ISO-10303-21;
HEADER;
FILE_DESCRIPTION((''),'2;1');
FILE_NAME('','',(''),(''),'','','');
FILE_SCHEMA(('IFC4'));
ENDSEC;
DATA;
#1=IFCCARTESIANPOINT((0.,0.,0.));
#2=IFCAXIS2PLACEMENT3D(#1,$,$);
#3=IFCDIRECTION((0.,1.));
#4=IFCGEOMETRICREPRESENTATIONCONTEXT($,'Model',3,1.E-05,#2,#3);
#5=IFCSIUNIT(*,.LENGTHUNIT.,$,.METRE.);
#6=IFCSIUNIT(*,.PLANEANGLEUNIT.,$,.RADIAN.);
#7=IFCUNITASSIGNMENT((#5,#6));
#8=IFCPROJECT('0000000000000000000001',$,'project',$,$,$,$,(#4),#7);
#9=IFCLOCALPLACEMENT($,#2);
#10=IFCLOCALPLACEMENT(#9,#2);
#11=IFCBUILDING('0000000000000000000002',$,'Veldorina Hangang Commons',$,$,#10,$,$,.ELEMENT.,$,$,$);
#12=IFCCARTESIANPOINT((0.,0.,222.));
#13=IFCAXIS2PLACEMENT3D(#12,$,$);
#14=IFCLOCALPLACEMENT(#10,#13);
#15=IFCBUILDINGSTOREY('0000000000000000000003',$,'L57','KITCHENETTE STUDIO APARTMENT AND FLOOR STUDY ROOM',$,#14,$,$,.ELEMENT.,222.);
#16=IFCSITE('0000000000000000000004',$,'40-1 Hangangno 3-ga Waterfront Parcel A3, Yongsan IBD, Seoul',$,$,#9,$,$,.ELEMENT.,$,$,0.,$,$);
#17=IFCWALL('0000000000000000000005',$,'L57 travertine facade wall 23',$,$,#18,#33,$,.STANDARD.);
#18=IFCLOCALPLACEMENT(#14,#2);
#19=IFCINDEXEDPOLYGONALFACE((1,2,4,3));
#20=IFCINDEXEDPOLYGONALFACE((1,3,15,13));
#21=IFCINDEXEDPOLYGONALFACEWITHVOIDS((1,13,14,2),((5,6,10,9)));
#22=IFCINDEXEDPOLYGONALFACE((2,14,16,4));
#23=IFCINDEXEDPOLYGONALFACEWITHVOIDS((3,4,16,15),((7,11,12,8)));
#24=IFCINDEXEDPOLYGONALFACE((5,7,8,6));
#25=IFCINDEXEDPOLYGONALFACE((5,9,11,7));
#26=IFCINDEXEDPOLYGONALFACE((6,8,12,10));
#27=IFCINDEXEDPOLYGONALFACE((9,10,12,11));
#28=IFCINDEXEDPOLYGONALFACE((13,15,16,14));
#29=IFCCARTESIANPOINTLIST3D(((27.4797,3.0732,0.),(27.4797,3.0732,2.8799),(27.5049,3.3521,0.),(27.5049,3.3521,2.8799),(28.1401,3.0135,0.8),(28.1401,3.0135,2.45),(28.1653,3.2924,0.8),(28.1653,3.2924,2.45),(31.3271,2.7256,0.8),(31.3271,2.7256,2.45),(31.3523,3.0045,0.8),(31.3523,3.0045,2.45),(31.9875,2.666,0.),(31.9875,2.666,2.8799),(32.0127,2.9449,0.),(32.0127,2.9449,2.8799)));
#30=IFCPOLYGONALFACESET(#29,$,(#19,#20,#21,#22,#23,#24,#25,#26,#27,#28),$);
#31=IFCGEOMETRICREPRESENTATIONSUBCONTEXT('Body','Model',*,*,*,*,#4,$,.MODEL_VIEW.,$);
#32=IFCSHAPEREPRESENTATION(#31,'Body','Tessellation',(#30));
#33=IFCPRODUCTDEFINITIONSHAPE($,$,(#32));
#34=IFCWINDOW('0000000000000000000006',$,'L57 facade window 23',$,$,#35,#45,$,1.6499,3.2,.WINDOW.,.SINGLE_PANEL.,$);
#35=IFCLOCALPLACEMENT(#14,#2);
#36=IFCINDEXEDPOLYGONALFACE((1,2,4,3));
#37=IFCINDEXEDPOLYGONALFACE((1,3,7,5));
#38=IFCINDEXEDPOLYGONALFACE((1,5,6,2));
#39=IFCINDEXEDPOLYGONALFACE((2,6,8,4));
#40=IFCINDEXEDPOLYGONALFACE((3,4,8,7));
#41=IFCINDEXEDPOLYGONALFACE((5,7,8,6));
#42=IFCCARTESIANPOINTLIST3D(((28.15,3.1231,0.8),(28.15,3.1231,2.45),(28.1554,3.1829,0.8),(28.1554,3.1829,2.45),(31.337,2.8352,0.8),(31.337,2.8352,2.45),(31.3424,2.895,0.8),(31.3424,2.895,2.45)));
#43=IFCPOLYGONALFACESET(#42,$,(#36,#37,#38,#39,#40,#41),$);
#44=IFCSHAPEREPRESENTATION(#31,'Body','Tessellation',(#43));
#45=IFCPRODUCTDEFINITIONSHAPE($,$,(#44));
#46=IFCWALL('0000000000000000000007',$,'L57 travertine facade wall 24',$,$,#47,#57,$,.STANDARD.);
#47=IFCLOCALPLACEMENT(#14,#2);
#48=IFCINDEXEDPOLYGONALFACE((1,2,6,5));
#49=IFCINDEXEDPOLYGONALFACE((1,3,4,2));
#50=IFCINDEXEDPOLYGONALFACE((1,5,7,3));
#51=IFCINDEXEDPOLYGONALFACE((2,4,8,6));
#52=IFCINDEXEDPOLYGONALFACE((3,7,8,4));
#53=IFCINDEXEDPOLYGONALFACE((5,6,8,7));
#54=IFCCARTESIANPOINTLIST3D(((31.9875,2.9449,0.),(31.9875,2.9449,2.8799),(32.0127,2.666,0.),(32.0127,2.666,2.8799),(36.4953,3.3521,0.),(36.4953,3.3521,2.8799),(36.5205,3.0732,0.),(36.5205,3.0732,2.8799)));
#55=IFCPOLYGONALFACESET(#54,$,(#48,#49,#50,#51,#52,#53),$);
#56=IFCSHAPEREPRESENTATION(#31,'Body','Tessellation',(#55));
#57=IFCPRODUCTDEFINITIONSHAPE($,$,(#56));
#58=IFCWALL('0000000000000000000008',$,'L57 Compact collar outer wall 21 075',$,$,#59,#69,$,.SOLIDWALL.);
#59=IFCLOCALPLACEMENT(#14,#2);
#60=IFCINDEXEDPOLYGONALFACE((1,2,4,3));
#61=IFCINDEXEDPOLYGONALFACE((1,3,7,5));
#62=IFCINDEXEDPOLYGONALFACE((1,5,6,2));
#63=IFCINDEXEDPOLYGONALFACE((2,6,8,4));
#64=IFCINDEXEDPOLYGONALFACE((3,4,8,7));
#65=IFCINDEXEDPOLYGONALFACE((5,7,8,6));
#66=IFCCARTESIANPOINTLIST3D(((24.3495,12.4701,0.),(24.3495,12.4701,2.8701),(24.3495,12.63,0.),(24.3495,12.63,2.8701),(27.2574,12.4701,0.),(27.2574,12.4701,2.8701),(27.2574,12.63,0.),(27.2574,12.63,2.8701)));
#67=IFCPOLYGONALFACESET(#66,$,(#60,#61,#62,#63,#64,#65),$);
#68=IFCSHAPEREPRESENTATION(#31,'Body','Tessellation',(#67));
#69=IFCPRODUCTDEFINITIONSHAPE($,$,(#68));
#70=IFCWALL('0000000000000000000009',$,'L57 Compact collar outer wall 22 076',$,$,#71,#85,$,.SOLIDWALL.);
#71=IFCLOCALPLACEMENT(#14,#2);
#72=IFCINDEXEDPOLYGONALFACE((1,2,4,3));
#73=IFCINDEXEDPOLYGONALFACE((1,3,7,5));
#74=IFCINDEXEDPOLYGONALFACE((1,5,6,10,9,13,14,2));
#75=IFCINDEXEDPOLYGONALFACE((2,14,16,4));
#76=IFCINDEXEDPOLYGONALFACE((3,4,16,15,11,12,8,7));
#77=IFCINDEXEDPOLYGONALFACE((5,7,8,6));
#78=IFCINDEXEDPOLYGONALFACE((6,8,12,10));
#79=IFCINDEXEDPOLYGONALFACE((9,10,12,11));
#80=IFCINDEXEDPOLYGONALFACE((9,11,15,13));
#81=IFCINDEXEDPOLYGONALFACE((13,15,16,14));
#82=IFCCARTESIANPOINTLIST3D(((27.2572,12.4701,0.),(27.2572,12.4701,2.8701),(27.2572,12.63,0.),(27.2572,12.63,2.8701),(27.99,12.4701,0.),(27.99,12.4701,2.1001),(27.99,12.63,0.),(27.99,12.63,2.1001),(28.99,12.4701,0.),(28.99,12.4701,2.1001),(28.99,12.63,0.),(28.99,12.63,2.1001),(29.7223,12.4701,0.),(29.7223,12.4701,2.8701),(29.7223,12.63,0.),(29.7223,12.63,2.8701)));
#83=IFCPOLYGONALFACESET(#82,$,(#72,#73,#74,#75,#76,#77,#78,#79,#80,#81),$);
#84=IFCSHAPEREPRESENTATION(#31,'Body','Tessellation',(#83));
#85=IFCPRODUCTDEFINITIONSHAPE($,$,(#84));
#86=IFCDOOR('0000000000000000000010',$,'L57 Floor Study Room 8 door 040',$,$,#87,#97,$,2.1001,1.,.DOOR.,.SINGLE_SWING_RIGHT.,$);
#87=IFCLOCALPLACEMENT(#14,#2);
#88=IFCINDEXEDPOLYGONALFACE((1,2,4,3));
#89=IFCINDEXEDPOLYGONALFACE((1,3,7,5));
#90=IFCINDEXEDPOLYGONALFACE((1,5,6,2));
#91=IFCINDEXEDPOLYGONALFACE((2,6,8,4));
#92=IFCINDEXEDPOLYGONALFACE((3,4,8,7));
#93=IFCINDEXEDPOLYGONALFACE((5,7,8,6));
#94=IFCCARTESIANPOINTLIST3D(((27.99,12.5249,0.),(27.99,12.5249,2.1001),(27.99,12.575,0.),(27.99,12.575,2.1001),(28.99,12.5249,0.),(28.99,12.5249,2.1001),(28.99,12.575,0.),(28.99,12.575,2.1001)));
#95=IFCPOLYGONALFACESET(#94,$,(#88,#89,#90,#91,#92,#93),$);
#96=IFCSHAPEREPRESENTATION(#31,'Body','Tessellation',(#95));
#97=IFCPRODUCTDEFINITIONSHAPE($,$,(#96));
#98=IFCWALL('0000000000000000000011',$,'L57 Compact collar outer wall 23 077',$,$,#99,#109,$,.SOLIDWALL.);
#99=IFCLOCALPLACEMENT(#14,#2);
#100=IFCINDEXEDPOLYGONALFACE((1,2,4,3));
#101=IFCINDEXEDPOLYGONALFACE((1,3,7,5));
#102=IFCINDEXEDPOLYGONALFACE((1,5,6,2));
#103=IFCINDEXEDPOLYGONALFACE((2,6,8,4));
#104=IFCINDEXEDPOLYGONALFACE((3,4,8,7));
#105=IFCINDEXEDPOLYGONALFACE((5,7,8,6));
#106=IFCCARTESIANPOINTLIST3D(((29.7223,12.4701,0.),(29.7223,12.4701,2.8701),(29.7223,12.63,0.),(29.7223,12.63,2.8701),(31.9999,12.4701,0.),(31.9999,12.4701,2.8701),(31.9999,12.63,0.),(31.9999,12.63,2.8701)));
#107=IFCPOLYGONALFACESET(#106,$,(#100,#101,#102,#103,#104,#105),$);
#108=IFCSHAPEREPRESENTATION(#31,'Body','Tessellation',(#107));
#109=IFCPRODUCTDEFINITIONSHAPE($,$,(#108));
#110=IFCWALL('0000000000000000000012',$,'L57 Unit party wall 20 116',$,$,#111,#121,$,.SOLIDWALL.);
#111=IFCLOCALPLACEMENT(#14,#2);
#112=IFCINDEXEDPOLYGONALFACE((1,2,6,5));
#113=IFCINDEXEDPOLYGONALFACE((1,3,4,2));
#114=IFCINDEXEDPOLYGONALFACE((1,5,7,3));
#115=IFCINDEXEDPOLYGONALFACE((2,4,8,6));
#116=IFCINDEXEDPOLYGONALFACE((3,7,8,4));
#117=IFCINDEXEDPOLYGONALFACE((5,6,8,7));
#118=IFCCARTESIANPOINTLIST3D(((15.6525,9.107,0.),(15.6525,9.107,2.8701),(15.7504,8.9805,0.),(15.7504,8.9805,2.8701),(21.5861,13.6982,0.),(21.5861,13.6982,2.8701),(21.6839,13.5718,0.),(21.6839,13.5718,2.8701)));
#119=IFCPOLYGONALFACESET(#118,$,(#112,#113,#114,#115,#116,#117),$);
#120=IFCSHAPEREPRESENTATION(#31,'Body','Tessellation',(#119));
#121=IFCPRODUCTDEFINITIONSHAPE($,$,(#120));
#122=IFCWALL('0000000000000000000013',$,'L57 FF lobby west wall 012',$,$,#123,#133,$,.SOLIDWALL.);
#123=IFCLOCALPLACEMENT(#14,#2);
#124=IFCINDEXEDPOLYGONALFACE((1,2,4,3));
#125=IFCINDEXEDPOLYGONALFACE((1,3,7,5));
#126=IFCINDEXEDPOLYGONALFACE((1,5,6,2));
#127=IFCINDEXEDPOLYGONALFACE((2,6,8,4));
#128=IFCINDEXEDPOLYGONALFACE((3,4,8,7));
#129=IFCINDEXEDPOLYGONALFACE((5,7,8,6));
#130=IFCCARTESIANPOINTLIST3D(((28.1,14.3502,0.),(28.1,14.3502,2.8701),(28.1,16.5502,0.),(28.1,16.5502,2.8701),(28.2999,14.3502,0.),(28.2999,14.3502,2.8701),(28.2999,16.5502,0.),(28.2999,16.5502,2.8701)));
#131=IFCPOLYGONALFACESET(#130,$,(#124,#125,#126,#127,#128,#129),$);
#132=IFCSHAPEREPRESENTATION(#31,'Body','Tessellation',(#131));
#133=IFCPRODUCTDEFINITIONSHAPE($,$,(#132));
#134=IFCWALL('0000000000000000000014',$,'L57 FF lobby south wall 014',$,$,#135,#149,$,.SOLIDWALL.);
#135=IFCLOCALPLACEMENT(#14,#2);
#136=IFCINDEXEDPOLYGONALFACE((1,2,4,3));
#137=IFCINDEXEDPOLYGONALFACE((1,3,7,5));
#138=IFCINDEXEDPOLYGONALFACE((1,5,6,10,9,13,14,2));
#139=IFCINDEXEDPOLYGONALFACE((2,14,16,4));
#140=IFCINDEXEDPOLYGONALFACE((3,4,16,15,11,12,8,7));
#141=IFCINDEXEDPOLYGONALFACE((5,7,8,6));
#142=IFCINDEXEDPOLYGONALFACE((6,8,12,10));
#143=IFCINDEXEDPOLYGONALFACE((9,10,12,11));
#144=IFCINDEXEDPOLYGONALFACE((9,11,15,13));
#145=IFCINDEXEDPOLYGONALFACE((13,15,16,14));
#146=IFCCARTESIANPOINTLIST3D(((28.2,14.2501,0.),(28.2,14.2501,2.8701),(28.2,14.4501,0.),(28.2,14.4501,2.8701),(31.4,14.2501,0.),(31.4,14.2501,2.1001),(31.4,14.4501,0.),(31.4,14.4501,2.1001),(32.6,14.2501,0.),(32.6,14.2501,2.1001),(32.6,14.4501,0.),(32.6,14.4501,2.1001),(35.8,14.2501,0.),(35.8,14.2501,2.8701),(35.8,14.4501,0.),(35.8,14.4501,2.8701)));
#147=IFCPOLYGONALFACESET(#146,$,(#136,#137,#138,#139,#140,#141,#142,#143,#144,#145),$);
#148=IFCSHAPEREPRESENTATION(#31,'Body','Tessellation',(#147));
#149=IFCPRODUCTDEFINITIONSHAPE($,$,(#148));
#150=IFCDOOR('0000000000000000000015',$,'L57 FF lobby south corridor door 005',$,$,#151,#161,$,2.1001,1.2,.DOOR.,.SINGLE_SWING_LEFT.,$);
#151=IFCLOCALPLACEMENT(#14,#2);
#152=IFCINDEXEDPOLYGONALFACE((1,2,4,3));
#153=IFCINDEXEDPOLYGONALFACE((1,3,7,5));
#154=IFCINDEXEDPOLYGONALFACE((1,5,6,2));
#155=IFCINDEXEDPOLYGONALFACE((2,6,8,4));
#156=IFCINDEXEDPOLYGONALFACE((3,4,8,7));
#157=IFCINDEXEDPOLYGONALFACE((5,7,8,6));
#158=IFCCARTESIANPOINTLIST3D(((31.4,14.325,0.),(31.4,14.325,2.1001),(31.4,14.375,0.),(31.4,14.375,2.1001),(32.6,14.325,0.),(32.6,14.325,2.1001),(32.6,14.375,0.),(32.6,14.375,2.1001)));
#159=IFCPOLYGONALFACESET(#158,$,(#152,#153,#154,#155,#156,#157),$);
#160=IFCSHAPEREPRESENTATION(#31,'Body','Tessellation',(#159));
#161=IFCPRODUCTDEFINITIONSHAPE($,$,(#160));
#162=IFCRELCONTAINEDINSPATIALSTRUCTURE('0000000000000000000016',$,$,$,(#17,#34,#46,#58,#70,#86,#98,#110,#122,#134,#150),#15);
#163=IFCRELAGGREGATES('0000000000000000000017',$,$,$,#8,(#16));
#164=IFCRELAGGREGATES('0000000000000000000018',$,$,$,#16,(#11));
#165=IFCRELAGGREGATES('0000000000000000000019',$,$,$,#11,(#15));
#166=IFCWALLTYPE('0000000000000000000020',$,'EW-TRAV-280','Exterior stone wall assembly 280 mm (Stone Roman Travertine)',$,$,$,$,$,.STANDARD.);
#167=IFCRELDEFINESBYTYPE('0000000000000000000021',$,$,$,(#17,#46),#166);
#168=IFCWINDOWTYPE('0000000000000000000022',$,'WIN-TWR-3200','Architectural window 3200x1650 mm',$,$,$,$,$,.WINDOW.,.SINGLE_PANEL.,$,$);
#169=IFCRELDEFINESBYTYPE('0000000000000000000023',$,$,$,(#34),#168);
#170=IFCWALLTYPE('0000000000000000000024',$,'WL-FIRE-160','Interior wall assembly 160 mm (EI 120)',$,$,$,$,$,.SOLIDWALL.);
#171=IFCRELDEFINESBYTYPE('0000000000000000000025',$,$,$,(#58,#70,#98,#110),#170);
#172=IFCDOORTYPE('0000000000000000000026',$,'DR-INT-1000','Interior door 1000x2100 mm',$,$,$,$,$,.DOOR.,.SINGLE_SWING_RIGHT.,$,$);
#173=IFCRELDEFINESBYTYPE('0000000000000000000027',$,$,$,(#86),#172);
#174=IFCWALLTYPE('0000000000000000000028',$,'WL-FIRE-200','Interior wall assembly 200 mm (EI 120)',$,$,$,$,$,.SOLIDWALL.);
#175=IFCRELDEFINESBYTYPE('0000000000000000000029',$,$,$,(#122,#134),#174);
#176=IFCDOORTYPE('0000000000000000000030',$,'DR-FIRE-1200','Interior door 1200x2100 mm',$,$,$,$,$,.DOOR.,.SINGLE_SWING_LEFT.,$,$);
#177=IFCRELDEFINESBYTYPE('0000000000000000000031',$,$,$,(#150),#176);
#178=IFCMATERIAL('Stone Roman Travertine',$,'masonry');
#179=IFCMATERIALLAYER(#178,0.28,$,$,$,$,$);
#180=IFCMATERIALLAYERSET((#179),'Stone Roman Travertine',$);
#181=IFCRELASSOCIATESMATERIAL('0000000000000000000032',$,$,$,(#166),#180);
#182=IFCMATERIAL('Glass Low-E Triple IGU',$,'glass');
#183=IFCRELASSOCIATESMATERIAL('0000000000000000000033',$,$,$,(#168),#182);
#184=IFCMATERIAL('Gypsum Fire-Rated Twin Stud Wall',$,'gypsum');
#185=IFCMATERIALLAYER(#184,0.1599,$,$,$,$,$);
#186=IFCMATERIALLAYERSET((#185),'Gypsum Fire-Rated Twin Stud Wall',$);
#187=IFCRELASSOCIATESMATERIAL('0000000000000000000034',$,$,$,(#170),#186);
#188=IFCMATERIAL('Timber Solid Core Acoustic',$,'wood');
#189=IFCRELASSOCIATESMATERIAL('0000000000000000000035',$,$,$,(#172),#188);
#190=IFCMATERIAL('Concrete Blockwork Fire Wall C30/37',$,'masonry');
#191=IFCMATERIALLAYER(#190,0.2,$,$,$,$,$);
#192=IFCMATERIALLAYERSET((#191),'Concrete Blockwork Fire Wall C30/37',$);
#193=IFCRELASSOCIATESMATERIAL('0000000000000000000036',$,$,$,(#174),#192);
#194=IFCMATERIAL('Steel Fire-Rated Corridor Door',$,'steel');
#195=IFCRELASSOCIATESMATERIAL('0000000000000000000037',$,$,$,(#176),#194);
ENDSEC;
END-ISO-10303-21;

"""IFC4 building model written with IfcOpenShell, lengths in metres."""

from ifc_helpers import new_model, si_unit, direction, frame, frame_2d, origin, place, context, subcontext, project, spatial, rectangle, extrude, material, layer, layer_set, type_object, element, fill, save


model = new_model("IFC4")

# Units and contexts
model_context = context("Model", 3, precision=1e-05, world=origin(), true_north=direction((0.0, 1.0)))
body_context = subcontext(model_context, "Body", "Model", "MODEL_VIEW")
ifc_project = project(units=[si_unit("LENGTHUNIT", "METRE"), si_unit("PLANEANGLEUNIT", "RADIAN")], contexts=[model_context])

# Site, building, storey
site_placement = place(None, origin())
site = spatial("IfcSite", under=ifc_project, at=site_placement, Name="40-1 Hangangno 3-ga Waterfront Parcel A3, Yongsan IBD, Seoul", CompositionType="ELEMENT", RefElevation=0.0)
building_placement = place(site_placement, origin())
building = spatial("IfcBuilding", under=site, at=building_placement, Name="Veldorina Hangang Commons", CompositionType="ELEMENT")
storey_placement = place(building_placement, frame((0.0, 0.0, 222.0)))
storey = spatial("IfcBuildingStorey", under=building, at=storey_placement, Name="L57", Description="KITCHENETTE STUDIO APARTMENT AND FLOOR STUDY ROOM", CompositionType="ELEMENT", Elevation=222.0)

# Shared definitions
ifc_material_1 = material(Name="Stone Roman Travertine", Category="masonry")
ifc_layer_1 = layer(ifc_material_1, 0.28)
ifc_layer_set_1 = layer_set([ifc_layer_1], Name="Stone Roman Travertine")
wall_type_1 = type_object("IfcWallType", Name="EW-TRAV-280", Description="Exterior stone wall assembly 280 mm (Stone Roman Travertine)", PredefinedType="STANDARD", material=ifc_layer_set_1)

# Wall, opening, window
wall_1_placement = place(storey_placement, frame((27.4922, 3.2126, 0.0), z_axis=(0.0, 0.0, 1.0), x_axis=(0.995944, -0.089972, 0.0)))
wall_1 = element("IfcWall", 1, at=wall_1_placement, inside=storey, type_object=wall_type_1, Name="L57 travertine facade wall 23", PredefinedType="STANDARD", context=body_context, shape_type="SweptSolid", body=[
    extrude(rectangle(XDim=4.5261, YDim=0.28, at=frame_2d((2.2632, 0.0))), origin(), (0.0, 0.0, 1.0), 2.8799),
])
opening_1_placement = place(wall_1_placement, frame((0.6631, 0.0, 0.8)))
opening_1 = element("IfcOpeningElement", 2, at=opening_1_placement, cuts=wall_1, PredefinedType="OPENING", context=body_context, shape_type="SweptSolid", body=[
    extrude(rectangle(XDim=3.2, YDim=1.6499, at=frame_2d((1.6001, 0.825))), frame((0.0, 0.1499, 0.0), z_axis=(0.0, -1.0, 0.0), x_axis=(1.0, 0.0, 0.0)), (0.0, 0.0, 1.0), 0.3),
])
ifc_material_2 = material(Name="Glass Low-E Triple IGU", Category="glass")
window_type = type_object("IfcWindowType", Name="WIN-TWR-3200", Description="Architectural window 3200x1650 mm", PartitioningType="SINGLE_PANEL", PredefinedType="WINDOW", material=ifc_material_2)
window_placement = place(opening_1_placement, origin())
window = element("IfcWindow", 3, at=window_placement, inside=storey, type_object=window_type, Name="L57 facade window 23", OverallHeight=1.6499, OverallWidth=3.2, PartitioningType="SINGLE_PANEL", PredefinedType="WINDOW", context=body_context, shape_type="SweptSolid", body=[
    extrude(rectangle(XDim=3.2, YDim=1.6499, at=frame_2d((1.6001, 0.825))), frame((0.0, 0.03, 0.0), z_axis=(0.0, -1.0, 0.0), x_axis=(1.0, 0.0, 0.0)), (0.0, 0.0, 1.0), 0.0601),
])
fill(opening_1, window)

# Walls
wall_2_placement = place(storey_placement, frame((32.0, 2.8054, 0.0), z_axis=(0.0, 0.0, 1.0), x_axis=(0.995944, 0.089972, 0.0)))
element("IfcWall", 4, at=wall_2_placement, inside=storey, type_object=wall_type_1, Name="L57 travertine facade wall 24", PredefinedType="STANDARD", context=body_context, shape_type="SweptSolid", body=[
    extrude(rectangle(XDim=4.5261, YDim=0.28, at=frame_2d((2.2632, 0.0))), origin(), (0.0, 0.0, 1.0), 2.8799),
])
ifc_material_3 = material(Name="Gypsum Fire-Rated Twin Stud Wall", Category="gypsum")
ifc_layer_2 = layer(ifc_material_3, 0.1599)
ifc_layer_set_2 = layer_set([ifc_layer_2], Name="Gypsum Fire-Rated Twin Stud Wall")
wall_type_2 = type_object("IfcWallType", Name="WL-FIRE-160", Description="Interior wall assembly 160 mm (EI 120)", PredefinedType="SOLIDWALL", material=ifc_layer_set_2)
wall_3_placement = place(storey_placement, frame((24.3494, 12.55, 0.0), z_axis=(0.0, 0.0, 1.0), x_axis=(1.0, 0.0, 0.0)))
element("IfcWall", 5, at=wall_3_placement, inside=storey, type_object=wall_type_2, Name="L57 Compact collar outer wall 21 075", PredefinedType="SOLIDWALL", context=body_context, shape_type="SweptSolid", body=[
    extrude(rectangle(XDim=2.908, YDim=0.1599, at=frame_2d((1.4541, 0.0))), origin(), (0.0, 0.0, 1.0), 2.8701),
])

# Wall, opening, door
wall_4_placement = place(storey_placement, frame((27.2573, 12.55, 0.0), z_axis=(0.0, 0.0, 1.0), x_axis=(1.0, 0.0, 0.0)))
wall_4 = element("IfcWall", 6, at=wall_4_placement, inside=storey, type_object=wall_type_2, Name="L57 Compact collar outer wall 22 076", PredefinedType="SOLIDWALL", context=body_context, shape_type="SweptSolid", body=[
    extrude(rectangle(XDim=2.4651, YDim=0.1599, at=frame_2d((1.2324, 0.0))), origin(), (0.0, 0.0, 1.0), 2.8701),
])
opening_2_placement = place(wall_4_placement, frame((0.7327, 0.0, 0.0)))
opening_2 = element("IfcOpeningElement", 7, at=opening_2_placement, cuts=wall_4, PredefinedType="OPENING", context=body_context, shape_type="SweptSolid", body=[
    extrude(rectangle(XDim=1.0, YDim=2.1001, at=frame_2d((0.5, 1.05))), frame((0.0, 0.0898, 0.0), z_axis=(0.0, -1.0, 0.0), x_axis=(1.0, 0.0, 0.0)), (0.0, 0.0, 1.0), 0.1799),
])
ifc_material_4 = material(Name="Timber Solid Core Acoustic", Category="wood")
door_type_1 = type_object("IfcDoorType", Name="DR-INT-1000", Description="Interior door 1000x2100 mm", OperationType="SINGLE_SWING_RIGHT", PredefinedType="DOOR", material=ifc_material_4)
door_1_placement = place(opening_2_placement, origin())
door_1 = element("IfcDoor", 8, at=door_1_placement, inside=storey, type_object=door_type_1, Name="L57 Floor Study Room 8 door 040", OperationType="SINGLE_SWING_RIGHT", OverallHeight=2.1001, OverallWidth=1.0, PredefinedType="DOOR", context=body_context, shape_type="SweptSolid", body=[
    extrude(rectangle(XDim=1.0, YDim=2.1001, at=frame_2d((0.5, 1.05))), frame((0.0, 0.0249, 0.0), z_axis=(0.0, -1.0, 0.0), x_axis=(1.0, 0.0, 0.0)), (0.0, 0.0, 1.0), 0.05),
])
fill(opening_2, door_1)

# Walls
wall_5_placement = place(storey_placement, frame((29.7224, 12.55, 0.0), z_axis=(0.0, 0.0, 1.0), x_axis=(1.0, 0.0, 0.0)))
element("IfcWall", 9, at=wall_5_placement, inside=storey, type_object=wall_type_2, Name="L57 Compact collar outer wall 23 077", PredefinedType="SOLIDWALL", context=body_context, shape_type="SweptSolid", body=[
    extrude(rectangle(XDim=2.2776, YDim=0.1599, at=frame_2d((1.1387, 0.0))), origin(), (0.0, 0.0, 1.0), 2.8701),
])
wall_6_placement = place(storey_placement, frame((21.635, 13.635, 0.0), z_axis=(0.0, 0.0, 1.0), x_axis=(-0.790881, -0.61197, 0.0)))
element("IfcWall", 10, at=wall_6_placement, inside=storey, type_object=wall_type_2, Name="L57 Unit party wall 20 116", PredefinedType="SOLIDWALL", context=body_context, shape_type="SweptSolid", body=[
    extrude(rectangle(XDim=7.5024, YDim=0.1599, at=frame_2d((3.7512, 0.0))), origin(), (0.0, 0.0, 1.0), 2.8701),
])
ifc_material_5 = material(Name="Concrete Blockwork Fire Wall C30/37", Category="masonry")
ifc_layer_3 = layer(ifc_material_5, 0.2)
ifc_layer_set_3 = layer_set([ifc_layer_3], Name="Concrete Blockwork Fire Wall C30/37")
wall_type_3 = type_object("IfcWallType", Name="WL-FIRE-200", Description="Interior wall assembly 200 mm (EI 120)", PredefinedType="SOLIDWALL", material=ifc_layer_set_3)
wall_7_placement = place(storey_placement, frame((28.2, 14.3501, 0.0), z_axis=(0.0, 0.0, 1.0), x_axis=(0.0, 1.0, 0.0)))
element("IfcWall", 11, at=wall_7_placement, inside=storey, type_object=wall_type_3, Name="L57 FF lobby west wall 012", PredefinedType="SOLIDWALL", context=body_context, shape_type="SweptSolid", body=[
    extrude(rectangle(XDim=2.2, YDim=0.2, at=frame_2d((1.1001, 0.0))), origin(), (0.0, 0.0, 1.0), 2.8701),
])

# Wall, opening, door
wall_8_placement = place(storey_placement, frame((28.2, 14.3501, 0.0), z_axis=(0.0, 0.0, 1.0), x_axis=(1.0, 0.0, 0.0)))
wall_8 = element("IfcWall", 12, at=wall_8_placement, inside=storey, type_object=wall_type_3, Name="L57 FF lobby south wall 014", PredefinedType="SOLIDWALL", context=body_context, shape_type="SweptSolid", body=[
    extrude(rectangle(XDim=7.6001, YDim=0.2, at=frame_2d((3.8, 0.0))), origin(), (0.0, 0.0, 1.0), 2.8701),
])
opening_3_placement = place(wall_8_placement, frame((3.2, 0.0, 0.0)))
opening_3 = element("IfcOpeningElement", 13, at=opening_3_placement, cuts=wall_8, PredefinedType="OPENING", context=body_context, shape_type="SweptSolid", body=[
    extrude(rectangle(XDim=1.2, YDim=2.1001, at=frame_2d((0.6001, 1.05))), frame((0.0, 0.1099, 0.0), z_axis=(0.0, -1.0, 0.0), x_axis=(1.0, 0.0, 0.0)), (0.0, 0.0, 1.0), 0.22),
])
ifc_material_6 = material(Name="Steel Fire-Rated Corridor Door", Category="steel")
door_type_2 = type_object("IfcDoorType", Name="DR-FIRE-1200", Description="Interior door 1200x2100 mm", OperationType="SINGLE_SWING_LEFT", PredefinedType="DOOR", material=ifc_material_6)
door_2_placement = place(opening_3_placement, origin())
door_2 = element("IfcDoor", 14, at=door_2_placement, inside=storey, type_object=door_type_2, Name="L57 FF lobby south corridor door 005", OperationType="SINGLE_SWING_LEFT", OverallHeight=2.1001, OverallWidth=1.2, PredefinedType="DOOR", context=body_context, shape_type="SweptSolid", body=[
    extrude(rectangle(XDim=1.2, YDim=2.1001, at=frame_2d((0.6001, 1.05))), frame((0.0, 0.0249, 0.0), z_axis=(0.0, -1.0, 0.0), x_axis=(1.0, 0.0, 0.0)), (0.0, 0.0, 1.0), 0.05),
])
fill(opening_3, door_2)

save(model, "model.ifc")
